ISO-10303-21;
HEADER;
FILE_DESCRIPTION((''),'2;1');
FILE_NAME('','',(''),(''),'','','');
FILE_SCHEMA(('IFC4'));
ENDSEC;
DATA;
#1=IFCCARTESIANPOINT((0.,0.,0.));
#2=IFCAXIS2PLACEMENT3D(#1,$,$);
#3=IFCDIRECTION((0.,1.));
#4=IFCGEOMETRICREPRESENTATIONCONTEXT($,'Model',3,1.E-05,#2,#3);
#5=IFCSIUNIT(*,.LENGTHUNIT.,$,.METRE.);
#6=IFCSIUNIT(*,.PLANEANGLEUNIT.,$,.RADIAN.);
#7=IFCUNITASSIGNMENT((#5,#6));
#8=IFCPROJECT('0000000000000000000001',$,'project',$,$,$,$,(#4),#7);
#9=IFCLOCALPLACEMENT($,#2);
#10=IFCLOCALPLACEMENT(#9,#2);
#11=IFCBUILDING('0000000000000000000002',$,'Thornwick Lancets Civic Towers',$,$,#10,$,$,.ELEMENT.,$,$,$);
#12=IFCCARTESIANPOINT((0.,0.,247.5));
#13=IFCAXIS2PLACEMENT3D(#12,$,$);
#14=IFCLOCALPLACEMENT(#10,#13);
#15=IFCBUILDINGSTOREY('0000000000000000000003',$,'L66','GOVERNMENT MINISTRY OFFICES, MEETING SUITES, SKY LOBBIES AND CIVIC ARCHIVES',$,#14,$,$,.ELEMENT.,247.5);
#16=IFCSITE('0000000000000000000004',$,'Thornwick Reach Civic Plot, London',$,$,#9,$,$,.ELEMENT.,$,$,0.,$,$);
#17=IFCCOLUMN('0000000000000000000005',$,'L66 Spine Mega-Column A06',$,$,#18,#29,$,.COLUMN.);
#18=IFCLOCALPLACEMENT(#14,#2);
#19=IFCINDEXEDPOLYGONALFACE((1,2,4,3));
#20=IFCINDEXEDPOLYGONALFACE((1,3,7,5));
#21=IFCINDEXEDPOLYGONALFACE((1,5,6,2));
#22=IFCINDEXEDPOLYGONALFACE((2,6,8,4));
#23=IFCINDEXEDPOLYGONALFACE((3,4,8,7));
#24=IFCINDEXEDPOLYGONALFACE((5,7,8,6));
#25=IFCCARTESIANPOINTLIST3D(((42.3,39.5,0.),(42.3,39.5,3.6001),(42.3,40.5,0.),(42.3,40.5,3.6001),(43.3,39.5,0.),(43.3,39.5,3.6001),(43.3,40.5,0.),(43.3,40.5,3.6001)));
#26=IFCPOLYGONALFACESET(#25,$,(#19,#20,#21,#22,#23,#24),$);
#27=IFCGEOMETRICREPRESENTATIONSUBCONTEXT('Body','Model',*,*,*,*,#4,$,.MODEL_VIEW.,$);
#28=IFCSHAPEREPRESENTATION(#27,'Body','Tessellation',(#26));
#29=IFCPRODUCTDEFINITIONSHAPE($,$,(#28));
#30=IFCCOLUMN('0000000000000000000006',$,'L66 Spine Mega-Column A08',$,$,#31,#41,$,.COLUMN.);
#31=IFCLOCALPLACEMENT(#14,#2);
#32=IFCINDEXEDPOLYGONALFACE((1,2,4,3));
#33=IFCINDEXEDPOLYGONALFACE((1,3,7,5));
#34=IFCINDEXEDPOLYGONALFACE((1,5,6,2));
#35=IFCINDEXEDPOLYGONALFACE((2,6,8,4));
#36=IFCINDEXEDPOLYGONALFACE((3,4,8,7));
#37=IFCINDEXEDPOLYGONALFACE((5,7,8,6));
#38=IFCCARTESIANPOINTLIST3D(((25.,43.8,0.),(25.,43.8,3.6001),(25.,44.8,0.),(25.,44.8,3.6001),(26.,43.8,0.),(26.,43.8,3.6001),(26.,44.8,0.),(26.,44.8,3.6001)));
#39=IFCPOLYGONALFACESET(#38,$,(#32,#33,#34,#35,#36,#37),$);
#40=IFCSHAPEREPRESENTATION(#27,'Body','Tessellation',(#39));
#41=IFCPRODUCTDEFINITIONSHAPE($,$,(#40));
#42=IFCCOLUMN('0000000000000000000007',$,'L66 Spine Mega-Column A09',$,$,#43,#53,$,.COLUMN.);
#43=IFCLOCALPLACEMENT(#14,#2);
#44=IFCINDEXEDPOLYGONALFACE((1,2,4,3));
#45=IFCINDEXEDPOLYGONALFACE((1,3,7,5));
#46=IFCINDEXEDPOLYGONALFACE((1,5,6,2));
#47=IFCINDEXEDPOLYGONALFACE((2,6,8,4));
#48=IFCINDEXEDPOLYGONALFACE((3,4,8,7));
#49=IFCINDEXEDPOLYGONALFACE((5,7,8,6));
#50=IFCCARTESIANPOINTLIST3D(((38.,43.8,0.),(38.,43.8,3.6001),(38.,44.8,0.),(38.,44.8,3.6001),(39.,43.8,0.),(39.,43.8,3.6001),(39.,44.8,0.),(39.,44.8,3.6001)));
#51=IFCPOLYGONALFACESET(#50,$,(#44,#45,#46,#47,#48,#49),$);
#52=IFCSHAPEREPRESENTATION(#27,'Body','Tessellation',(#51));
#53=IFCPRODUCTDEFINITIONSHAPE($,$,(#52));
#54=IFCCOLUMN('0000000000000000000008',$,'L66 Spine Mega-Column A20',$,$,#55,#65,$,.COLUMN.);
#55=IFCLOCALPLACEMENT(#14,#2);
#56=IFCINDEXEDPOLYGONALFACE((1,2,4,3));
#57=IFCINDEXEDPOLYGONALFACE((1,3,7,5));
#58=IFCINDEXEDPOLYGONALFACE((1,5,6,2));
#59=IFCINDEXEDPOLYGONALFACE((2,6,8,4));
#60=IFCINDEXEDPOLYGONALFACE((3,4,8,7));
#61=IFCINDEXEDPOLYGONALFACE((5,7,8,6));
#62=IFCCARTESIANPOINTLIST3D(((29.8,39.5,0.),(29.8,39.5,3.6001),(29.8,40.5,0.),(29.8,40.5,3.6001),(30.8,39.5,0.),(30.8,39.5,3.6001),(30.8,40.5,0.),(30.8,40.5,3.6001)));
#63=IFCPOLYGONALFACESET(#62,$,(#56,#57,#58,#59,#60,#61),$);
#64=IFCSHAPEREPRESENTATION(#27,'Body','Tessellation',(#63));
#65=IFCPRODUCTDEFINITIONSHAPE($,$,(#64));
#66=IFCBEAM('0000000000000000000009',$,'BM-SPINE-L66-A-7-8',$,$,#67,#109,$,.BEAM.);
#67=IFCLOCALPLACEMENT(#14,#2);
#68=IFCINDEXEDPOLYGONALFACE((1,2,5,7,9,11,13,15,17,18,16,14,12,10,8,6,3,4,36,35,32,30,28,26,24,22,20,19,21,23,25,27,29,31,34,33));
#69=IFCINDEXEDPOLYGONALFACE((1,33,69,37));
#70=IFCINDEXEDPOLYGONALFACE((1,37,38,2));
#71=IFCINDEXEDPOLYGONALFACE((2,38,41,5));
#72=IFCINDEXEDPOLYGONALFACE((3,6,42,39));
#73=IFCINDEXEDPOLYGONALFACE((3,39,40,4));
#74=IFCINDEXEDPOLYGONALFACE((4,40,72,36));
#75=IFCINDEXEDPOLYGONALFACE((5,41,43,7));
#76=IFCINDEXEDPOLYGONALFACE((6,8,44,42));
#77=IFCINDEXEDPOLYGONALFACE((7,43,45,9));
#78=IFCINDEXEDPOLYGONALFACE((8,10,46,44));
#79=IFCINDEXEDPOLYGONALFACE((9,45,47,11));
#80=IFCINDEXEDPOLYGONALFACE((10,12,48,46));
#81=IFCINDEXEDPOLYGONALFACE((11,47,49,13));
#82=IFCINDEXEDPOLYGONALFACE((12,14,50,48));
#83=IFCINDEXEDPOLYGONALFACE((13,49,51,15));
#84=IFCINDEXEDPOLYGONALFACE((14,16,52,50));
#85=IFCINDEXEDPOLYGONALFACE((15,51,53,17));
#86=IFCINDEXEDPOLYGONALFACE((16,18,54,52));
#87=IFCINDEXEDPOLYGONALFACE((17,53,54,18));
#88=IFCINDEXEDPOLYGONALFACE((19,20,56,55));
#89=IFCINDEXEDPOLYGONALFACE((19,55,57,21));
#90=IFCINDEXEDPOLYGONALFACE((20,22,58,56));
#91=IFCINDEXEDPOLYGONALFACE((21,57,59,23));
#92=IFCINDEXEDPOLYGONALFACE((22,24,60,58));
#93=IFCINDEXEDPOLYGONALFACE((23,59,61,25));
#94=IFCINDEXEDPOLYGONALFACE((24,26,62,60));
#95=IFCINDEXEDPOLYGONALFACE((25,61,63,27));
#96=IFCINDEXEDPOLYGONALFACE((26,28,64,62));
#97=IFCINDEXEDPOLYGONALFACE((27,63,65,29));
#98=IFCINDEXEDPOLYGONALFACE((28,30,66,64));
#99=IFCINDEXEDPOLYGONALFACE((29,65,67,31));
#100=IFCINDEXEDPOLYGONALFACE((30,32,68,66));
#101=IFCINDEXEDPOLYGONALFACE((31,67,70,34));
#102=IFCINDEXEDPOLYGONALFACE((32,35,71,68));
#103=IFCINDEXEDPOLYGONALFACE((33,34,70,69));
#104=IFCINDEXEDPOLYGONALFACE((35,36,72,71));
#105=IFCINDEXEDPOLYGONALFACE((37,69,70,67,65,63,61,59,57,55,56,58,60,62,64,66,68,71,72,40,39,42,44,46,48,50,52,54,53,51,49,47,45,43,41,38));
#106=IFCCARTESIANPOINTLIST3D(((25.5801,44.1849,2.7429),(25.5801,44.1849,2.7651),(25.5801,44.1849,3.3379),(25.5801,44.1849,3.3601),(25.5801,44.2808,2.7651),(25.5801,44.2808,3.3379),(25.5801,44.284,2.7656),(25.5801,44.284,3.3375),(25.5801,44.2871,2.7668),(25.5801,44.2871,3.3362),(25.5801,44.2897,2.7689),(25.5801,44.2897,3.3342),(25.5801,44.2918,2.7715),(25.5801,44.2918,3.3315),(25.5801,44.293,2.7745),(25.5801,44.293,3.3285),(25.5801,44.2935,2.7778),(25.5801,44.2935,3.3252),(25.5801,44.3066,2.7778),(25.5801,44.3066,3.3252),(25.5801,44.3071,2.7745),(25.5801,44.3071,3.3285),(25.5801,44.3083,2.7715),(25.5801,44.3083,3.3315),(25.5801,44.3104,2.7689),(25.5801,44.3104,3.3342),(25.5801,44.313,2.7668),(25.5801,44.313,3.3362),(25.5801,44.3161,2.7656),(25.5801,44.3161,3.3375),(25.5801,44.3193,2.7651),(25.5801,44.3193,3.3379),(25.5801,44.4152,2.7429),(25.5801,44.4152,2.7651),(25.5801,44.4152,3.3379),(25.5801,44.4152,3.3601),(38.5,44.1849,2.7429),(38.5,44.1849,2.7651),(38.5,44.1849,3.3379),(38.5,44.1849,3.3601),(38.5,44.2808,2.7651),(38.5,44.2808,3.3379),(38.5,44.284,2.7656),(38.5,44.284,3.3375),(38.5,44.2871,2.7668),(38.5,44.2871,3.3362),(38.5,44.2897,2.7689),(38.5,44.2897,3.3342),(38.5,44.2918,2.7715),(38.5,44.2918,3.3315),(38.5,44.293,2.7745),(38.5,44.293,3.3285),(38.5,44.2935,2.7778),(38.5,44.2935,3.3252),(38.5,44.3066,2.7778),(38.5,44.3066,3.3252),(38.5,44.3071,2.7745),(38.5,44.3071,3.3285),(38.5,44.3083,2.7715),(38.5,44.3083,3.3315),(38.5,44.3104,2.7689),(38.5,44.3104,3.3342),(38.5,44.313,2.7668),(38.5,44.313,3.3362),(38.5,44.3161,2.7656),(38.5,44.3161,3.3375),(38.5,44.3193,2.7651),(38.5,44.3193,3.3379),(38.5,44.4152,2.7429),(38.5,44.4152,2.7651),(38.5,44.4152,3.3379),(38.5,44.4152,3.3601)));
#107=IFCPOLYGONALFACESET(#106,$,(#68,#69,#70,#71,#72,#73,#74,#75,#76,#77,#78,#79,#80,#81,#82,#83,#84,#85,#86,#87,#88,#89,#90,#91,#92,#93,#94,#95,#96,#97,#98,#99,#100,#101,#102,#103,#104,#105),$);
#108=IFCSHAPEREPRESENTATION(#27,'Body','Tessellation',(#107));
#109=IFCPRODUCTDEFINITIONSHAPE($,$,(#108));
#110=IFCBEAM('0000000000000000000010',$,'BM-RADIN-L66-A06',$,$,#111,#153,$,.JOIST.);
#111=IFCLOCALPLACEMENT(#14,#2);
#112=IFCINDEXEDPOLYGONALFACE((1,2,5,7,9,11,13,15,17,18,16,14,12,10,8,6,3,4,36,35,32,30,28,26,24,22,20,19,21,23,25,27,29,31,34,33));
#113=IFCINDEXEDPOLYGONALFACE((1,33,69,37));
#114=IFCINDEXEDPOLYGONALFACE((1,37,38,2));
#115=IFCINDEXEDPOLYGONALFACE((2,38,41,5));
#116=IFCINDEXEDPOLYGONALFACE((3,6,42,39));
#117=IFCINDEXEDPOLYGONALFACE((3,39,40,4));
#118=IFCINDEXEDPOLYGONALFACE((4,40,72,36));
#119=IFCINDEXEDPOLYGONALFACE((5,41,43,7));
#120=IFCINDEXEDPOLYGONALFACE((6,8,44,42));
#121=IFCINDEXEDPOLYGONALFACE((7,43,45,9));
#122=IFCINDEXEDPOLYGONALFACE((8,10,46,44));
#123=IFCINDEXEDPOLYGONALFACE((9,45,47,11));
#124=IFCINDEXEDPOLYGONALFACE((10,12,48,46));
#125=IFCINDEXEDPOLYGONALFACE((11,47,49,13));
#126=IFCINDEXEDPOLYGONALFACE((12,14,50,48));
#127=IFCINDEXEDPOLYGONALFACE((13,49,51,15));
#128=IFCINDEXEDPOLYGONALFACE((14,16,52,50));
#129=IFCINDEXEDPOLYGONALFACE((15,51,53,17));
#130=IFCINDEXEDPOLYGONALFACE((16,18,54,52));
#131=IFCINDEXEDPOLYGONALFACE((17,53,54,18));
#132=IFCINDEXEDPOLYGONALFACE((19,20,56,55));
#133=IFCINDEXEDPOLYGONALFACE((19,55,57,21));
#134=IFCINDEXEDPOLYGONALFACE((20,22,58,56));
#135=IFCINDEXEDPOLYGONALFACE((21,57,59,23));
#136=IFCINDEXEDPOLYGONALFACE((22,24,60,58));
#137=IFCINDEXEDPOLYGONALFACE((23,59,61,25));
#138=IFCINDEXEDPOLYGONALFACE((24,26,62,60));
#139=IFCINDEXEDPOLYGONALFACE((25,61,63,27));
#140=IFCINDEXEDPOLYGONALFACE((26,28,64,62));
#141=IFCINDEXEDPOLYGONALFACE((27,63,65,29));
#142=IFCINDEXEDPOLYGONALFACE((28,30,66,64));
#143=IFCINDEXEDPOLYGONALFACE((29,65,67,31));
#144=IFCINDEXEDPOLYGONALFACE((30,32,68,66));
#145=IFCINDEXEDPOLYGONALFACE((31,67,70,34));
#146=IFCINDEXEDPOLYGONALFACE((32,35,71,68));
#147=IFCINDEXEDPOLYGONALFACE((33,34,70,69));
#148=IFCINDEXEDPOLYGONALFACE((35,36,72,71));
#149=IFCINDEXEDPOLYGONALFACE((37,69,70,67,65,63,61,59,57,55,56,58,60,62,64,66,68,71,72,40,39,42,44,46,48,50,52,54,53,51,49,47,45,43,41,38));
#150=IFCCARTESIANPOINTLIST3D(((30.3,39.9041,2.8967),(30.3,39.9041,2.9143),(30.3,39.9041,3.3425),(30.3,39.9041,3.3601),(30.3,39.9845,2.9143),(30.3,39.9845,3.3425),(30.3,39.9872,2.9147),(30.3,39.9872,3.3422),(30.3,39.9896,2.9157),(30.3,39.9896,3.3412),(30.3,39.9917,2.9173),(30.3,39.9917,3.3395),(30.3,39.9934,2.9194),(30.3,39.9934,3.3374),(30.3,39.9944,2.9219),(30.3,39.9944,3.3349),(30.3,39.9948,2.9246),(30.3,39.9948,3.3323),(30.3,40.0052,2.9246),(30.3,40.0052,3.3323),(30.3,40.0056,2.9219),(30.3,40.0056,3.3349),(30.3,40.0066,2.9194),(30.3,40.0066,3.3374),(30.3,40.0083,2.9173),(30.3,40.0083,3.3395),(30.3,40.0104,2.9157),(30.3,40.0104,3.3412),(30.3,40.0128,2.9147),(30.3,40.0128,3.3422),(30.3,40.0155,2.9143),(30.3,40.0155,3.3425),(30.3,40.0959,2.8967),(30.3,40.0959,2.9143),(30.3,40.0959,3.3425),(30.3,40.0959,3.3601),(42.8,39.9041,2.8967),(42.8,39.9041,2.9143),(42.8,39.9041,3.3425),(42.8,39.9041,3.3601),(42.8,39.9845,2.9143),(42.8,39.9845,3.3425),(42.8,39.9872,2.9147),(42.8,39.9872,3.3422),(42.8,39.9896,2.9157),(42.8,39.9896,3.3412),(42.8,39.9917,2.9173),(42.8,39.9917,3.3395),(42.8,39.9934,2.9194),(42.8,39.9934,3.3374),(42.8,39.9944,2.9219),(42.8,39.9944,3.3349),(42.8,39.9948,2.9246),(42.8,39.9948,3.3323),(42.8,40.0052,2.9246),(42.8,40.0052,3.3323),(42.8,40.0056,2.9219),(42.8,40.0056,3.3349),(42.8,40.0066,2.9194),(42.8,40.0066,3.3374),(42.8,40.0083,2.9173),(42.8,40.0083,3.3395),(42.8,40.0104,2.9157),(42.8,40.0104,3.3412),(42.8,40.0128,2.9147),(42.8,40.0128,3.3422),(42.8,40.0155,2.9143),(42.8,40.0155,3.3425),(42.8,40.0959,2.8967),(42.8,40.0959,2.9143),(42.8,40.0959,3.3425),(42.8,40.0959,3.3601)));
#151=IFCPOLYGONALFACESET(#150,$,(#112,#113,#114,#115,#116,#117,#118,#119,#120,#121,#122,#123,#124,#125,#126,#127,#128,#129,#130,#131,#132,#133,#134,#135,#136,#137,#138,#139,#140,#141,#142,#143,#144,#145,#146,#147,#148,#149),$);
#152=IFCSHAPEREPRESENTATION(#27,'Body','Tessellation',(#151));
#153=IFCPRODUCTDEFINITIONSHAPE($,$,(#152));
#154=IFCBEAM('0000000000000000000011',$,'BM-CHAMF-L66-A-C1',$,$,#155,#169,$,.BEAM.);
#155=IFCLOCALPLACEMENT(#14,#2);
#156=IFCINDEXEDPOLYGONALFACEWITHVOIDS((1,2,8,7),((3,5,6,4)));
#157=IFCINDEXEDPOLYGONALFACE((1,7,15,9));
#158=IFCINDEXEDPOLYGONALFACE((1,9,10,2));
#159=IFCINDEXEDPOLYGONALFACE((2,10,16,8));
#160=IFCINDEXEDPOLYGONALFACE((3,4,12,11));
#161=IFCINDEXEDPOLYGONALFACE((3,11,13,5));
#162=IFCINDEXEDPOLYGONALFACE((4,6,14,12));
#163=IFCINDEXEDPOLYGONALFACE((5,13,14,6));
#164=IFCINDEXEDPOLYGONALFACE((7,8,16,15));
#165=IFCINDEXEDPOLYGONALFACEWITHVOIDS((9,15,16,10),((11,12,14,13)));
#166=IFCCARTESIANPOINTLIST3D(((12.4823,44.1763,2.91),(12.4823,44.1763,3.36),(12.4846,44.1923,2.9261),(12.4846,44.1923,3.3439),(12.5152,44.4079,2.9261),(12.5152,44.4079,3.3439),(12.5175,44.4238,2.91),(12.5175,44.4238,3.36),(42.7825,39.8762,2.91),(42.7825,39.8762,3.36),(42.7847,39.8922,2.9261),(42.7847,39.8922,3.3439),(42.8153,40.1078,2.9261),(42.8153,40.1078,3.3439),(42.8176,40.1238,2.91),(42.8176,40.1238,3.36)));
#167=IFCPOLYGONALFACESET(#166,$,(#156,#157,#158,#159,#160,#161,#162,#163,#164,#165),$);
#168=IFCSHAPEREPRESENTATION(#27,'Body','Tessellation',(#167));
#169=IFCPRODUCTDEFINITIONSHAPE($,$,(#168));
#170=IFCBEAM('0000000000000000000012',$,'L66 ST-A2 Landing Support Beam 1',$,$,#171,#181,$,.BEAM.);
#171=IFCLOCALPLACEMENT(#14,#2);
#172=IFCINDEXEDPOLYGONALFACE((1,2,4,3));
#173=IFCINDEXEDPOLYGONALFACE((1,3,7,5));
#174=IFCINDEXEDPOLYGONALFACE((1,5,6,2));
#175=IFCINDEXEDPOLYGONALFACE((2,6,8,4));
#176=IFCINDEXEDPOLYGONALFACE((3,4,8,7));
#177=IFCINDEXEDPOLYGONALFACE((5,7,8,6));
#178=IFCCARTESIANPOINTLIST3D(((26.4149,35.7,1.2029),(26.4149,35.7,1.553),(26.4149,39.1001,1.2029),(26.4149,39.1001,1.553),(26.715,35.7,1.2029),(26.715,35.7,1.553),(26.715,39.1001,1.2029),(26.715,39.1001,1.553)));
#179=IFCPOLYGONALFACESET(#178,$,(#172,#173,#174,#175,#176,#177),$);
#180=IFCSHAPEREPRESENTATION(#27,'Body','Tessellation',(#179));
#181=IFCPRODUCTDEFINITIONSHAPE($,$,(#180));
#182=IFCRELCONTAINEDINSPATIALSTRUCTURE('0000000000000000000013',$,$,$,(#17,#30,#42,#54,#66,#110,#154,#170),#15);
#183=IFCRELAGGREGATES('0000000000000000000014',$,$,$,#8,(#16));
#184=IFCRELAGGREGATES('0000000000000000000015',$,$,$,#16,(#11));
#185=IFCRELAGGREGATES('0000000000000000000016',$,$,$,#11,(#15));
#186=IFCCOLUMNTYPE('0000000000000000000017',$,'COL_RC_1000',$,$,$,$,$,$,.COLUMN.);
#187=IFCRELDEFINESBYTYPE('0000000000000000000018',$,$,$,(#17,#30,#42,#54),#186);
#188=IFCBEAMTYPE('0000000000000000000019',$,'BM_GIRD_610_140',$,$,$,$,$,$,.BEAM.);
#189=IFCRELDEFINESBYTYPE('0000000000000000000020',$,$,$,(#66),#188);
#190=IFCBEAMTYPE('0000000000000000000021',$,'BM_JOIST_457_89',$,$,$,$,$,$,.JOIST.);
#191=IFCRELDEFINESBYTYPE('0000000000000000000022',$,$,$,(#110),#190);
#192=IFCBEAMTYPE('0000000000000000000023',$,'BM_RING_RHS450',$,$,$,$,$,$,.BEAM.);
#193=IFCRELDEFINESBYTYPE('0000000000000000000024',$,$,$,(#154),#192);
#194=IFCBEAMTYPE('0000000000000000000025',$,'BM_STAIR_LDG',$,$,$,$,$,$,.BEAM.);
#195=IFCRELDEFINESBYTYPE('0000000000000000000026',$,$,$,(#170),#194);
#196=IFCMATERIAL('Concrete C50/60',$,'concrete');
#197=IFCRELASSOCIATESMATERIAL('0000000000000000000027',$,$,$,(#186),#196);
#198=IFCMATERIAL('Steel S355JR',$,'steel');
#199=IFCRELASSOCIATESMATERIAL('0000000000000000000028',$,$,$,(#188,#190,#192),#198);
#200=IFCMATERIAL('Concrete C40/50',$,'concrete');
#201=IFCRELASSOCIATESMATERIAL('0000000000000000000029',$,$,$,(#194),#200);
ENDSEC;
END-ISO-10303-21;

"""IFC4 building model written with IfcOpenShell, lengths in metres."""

from ifc_helpers import new_model, si_unit, direction, frame, origin, origin_2d, place, context, subcontext, project, spatial, rectangle, hollow_rectangle, i_section, extrude, material, material_profile, profile_set, type_object, element, save


model = new_model("IFC4")

# Units and contexts
model_context = context("Model", 3, precision=1e-05, world=origin(), true_north=direction((0.0, 1.0)))
body_context = subcontext(model_context, "Body", "Model", "MODEL_VIEW")
ifc_project = project(units=[si_unit("LENGTHUNIT", "METRE"), si_unit("PLANEANGLEUNIT", "RADIAN")], contexts=[model_context])

# Site, building, storey
site_placement = place(None, origin())
site = spatial("IfcSite", under=ifc_project, at=site_placement, Name="Thornwick Reach Civic Plot, London", CompositionType="ELEMENT", RefElevation=0.0)
building_placement = place(site_placement, origin())
building = spatial("IfcBuilding", under=site, at=building_placement, Name="Thornwick Lancets Civic Towers", CompositionType="ELEMENT")
storey_placement = place(building_placement, frame((0.0, 0.0, 247.5)))
storey = spatial("IfcBuildingStorey", under=building, at=storey_placement, Name="L66", Description="GOVERNMENT MINISTRY OFFICES, MEETING SUITES, SKY LOBBIES AND CIVIC ARCHIVES", CompositionType="ELEMENT", Elevation=247.5)

# Columns
ifc_material_1 = material(Name="Concrete C50/60", Category="concrete")
ifc_material_profile_1 = material_profile(ifc_material_1, rectangle(XDim=1.0, YDim=1.0, at=origin_2d()), Name="RC 1000x1000")
ifc_profile_set_1 = profile_set([ifc_material_profile_1], Name="Concrete C50/60")
column_type = type_object("IfcColumnType", Name="COL_RC_1000", PredefinedType="COLUMN", material=ifc_profile_set_1)
for number, where, z_axis, x_axis, name in (
    (1, (42.8, 40.0, 0.0), (0.0, 0.0, 1.0), (1.0, 0.0, 0.0), "L66 Spine Mega-Column A06"),
    (2, (25.5, 44.3, 0.0), (0.0, 0.0, 1.0), (1.0, 0.0, 0.0), "L66 Spine Mega-Column A08"),
    (3, (38.5, 44.3, 0.0), (0.0, 0.0, 1.0), (1.0, 0.0, 0.0), "L66 Spine Mega-Column A09"),
    (4, (30.3, 40.0, 0.0), (0.0, 0.0, 1.0), (1.0, 0.0, 0.0), "L66 Spine Mega-Column A20"),
):
    element("IfcColumn", number, at=place(storey_placement, frame(where, z_axis=z_axis, x_axis=x_axis)), inside=storey, type_object=column_type, Name=name, PredefinedType="COLUMN", context=body_context, shape_type="SweptSolid", body=[
        extrude(rectangle(XDim=1.0, YDim=1.0, at=origin_2d()), origin(), (0.0, 0.0, 1.0), 3.6001),
    ])

# Beams
ifc_material_2 = material(Name="Steel S355JR", Category="steel")
ifc_material_profile_2 = material_profile(ifc_material_2, i_section(OverallWidth=0.2302, OverallDepth=0.6172, WebThickness=0.0132, FlangeThickness=0.0222, FilletRadius=0.0127, at=origin_2d()), Name="UKB 610x229x140")
ifc_profile_set_2 = profile_set([ifc_material_profile_2], Name="Steel S355JR")
beam_type_1 = type_object("IfcBeamType", Name="BM_GIRD_610_140", PredefinedType="BEAM", material=ifc_profile_set_2)
beam_1_placement = place(storey_placement, frame((25.5801, 44.3, 3.0515), z_axis=(1.0, 0.0, 0.0), x_axis=(0.0, 1.0, 0.0)))
element("IfcBeam", 5, at=beam_1_placement, inside=storey, type_object=beam_type_1, Name="BM-SPINE-L66-A-7-8", PredefinedType="BEAM", context=body_context, shape_type="SweptSolid", body=[
    extrude(i_section(OverallWidth=0.2302, OverallDepth=0.6172, WebThickness=0.0132, FlangeThickness=0.0222, FilletRadius=0.0127, at=origin_2d()), origin(), (0.0, 0.0, 1.0), 12.9199),
])
ifc_material_profile_3 = material_profile(ifc_material_2, i_section(OverallWidth=0.1919, OverallDepth=0.4634, WebThickness=0.0105, FlangeThickness=0.0176, FilletRadius=0.0103, at=origin_2d()), Name="UKB 457x191x89")
ifc_profile_set_3 = profile_set([ifc_material_profile_3], Name="Steel S355JR")
beam_type_2 = type_object("IfcBeamType", Name="BM_JOIST_457_89", PredefinedType="JOIST", material=ifc_profile_set_3)
beam_2_placement = place(storey_placement, frame((30.3, 40.0, 3.1284), z_axis=(1.0, 0.0, 0.0), x_axis=(0.0, 1.0, 0.0)))
element("IfcBeam", 6, at=beam_2_placement, inside=storey, type_object=beam_type_2, Name="BM-RADIN-L66-A06", PredefinedType="JOIST", context=body_context, shape_type="SweptSolid", body=[
    extrude(i_section(OverallWidth=0.1919, OverallDepth=0.4634, WebThickness=0.0105, FlangeThickness=0.0176, FilletRadius=0.0103, at=origin_2d()), origin(), (0.0, 0.0, 1.0), 12.5),
])
ifc_material_profile_4 = material_profile(ifc_material_2, hollow_rectangle(XDim=0.25, YDim=0.45, WallThickness=0.0161, at=origin_2d()), Name="RHS 450x250x16")
ifc_profile_set_4 = profile_set([ifc_material_profile_4], Name="Steel S355JR")
beam_type_3 = type_object("IfcBeamType", Name="BM_RING_RHS450", PredefinedType="BEAM", material=ifc_profile_set_4)
beam_3_placement = place(storey_placement, frame((42.8, 40.0, 3.135), z_axis=(-0.99008, 0.140508, 0.0), x_axis=(-0.140508, -0.99008, 0.0)))
element("IfcBeam", 7, at=beam_3_placement, inside=storey, type_object=beam_type_3, Name="BM-CHAMF-L66-A-C1", PredefinedType="BEAM", context=body_context, shape_type="SweptSolid", body=[
    extrude(hollow_rectangle(XDim=0.25, YDim=0.45, WallThickness=0.0161, at=origin_2d()), origin(), (0.0, 0.0, 1.0), 30.6038),
])
ifc_material_3 = material(Name="Concrete C40/50", Category="concrete")
ifc_material_profile_5 = material_profile(ifc_material_3, rectangle(XDim=0.3, YDim=0.3501, at=origin_2d()), Name="RC 300x350")
ifc_profile_set_5 = profile_set([ifc_material_profile_5], Name="Concrete C40/50")
beam_type_4 = type_object("IfcBeamType", Name="BM_STAIR_LDG", PredefinedType="BEAM", material=ifc_profile_set_5)
beam_4_placement = place(storey_placement, frame((26.5649, 39.1001, 1.3779), z_axis=(0.0, -1.0, 0.0), x_axis=(1.0, 0.0, 0.0)))
element("IfcBeam", 8, at=beam_4_placement, inside=storey, type_object=beam_type_4, Name="L66 ST-A2 Landing Support Beam 1", PredefinedType="BEAM", context=body_context, shape_type="SweptSolid", body=[
    extrude(rectangle(XDim=0.3, YDim=0.3501, at=origin_2d()), origin(), (0.0, 0.0, 1.0), 3.4001),
])

save(model, "model.ifc")
